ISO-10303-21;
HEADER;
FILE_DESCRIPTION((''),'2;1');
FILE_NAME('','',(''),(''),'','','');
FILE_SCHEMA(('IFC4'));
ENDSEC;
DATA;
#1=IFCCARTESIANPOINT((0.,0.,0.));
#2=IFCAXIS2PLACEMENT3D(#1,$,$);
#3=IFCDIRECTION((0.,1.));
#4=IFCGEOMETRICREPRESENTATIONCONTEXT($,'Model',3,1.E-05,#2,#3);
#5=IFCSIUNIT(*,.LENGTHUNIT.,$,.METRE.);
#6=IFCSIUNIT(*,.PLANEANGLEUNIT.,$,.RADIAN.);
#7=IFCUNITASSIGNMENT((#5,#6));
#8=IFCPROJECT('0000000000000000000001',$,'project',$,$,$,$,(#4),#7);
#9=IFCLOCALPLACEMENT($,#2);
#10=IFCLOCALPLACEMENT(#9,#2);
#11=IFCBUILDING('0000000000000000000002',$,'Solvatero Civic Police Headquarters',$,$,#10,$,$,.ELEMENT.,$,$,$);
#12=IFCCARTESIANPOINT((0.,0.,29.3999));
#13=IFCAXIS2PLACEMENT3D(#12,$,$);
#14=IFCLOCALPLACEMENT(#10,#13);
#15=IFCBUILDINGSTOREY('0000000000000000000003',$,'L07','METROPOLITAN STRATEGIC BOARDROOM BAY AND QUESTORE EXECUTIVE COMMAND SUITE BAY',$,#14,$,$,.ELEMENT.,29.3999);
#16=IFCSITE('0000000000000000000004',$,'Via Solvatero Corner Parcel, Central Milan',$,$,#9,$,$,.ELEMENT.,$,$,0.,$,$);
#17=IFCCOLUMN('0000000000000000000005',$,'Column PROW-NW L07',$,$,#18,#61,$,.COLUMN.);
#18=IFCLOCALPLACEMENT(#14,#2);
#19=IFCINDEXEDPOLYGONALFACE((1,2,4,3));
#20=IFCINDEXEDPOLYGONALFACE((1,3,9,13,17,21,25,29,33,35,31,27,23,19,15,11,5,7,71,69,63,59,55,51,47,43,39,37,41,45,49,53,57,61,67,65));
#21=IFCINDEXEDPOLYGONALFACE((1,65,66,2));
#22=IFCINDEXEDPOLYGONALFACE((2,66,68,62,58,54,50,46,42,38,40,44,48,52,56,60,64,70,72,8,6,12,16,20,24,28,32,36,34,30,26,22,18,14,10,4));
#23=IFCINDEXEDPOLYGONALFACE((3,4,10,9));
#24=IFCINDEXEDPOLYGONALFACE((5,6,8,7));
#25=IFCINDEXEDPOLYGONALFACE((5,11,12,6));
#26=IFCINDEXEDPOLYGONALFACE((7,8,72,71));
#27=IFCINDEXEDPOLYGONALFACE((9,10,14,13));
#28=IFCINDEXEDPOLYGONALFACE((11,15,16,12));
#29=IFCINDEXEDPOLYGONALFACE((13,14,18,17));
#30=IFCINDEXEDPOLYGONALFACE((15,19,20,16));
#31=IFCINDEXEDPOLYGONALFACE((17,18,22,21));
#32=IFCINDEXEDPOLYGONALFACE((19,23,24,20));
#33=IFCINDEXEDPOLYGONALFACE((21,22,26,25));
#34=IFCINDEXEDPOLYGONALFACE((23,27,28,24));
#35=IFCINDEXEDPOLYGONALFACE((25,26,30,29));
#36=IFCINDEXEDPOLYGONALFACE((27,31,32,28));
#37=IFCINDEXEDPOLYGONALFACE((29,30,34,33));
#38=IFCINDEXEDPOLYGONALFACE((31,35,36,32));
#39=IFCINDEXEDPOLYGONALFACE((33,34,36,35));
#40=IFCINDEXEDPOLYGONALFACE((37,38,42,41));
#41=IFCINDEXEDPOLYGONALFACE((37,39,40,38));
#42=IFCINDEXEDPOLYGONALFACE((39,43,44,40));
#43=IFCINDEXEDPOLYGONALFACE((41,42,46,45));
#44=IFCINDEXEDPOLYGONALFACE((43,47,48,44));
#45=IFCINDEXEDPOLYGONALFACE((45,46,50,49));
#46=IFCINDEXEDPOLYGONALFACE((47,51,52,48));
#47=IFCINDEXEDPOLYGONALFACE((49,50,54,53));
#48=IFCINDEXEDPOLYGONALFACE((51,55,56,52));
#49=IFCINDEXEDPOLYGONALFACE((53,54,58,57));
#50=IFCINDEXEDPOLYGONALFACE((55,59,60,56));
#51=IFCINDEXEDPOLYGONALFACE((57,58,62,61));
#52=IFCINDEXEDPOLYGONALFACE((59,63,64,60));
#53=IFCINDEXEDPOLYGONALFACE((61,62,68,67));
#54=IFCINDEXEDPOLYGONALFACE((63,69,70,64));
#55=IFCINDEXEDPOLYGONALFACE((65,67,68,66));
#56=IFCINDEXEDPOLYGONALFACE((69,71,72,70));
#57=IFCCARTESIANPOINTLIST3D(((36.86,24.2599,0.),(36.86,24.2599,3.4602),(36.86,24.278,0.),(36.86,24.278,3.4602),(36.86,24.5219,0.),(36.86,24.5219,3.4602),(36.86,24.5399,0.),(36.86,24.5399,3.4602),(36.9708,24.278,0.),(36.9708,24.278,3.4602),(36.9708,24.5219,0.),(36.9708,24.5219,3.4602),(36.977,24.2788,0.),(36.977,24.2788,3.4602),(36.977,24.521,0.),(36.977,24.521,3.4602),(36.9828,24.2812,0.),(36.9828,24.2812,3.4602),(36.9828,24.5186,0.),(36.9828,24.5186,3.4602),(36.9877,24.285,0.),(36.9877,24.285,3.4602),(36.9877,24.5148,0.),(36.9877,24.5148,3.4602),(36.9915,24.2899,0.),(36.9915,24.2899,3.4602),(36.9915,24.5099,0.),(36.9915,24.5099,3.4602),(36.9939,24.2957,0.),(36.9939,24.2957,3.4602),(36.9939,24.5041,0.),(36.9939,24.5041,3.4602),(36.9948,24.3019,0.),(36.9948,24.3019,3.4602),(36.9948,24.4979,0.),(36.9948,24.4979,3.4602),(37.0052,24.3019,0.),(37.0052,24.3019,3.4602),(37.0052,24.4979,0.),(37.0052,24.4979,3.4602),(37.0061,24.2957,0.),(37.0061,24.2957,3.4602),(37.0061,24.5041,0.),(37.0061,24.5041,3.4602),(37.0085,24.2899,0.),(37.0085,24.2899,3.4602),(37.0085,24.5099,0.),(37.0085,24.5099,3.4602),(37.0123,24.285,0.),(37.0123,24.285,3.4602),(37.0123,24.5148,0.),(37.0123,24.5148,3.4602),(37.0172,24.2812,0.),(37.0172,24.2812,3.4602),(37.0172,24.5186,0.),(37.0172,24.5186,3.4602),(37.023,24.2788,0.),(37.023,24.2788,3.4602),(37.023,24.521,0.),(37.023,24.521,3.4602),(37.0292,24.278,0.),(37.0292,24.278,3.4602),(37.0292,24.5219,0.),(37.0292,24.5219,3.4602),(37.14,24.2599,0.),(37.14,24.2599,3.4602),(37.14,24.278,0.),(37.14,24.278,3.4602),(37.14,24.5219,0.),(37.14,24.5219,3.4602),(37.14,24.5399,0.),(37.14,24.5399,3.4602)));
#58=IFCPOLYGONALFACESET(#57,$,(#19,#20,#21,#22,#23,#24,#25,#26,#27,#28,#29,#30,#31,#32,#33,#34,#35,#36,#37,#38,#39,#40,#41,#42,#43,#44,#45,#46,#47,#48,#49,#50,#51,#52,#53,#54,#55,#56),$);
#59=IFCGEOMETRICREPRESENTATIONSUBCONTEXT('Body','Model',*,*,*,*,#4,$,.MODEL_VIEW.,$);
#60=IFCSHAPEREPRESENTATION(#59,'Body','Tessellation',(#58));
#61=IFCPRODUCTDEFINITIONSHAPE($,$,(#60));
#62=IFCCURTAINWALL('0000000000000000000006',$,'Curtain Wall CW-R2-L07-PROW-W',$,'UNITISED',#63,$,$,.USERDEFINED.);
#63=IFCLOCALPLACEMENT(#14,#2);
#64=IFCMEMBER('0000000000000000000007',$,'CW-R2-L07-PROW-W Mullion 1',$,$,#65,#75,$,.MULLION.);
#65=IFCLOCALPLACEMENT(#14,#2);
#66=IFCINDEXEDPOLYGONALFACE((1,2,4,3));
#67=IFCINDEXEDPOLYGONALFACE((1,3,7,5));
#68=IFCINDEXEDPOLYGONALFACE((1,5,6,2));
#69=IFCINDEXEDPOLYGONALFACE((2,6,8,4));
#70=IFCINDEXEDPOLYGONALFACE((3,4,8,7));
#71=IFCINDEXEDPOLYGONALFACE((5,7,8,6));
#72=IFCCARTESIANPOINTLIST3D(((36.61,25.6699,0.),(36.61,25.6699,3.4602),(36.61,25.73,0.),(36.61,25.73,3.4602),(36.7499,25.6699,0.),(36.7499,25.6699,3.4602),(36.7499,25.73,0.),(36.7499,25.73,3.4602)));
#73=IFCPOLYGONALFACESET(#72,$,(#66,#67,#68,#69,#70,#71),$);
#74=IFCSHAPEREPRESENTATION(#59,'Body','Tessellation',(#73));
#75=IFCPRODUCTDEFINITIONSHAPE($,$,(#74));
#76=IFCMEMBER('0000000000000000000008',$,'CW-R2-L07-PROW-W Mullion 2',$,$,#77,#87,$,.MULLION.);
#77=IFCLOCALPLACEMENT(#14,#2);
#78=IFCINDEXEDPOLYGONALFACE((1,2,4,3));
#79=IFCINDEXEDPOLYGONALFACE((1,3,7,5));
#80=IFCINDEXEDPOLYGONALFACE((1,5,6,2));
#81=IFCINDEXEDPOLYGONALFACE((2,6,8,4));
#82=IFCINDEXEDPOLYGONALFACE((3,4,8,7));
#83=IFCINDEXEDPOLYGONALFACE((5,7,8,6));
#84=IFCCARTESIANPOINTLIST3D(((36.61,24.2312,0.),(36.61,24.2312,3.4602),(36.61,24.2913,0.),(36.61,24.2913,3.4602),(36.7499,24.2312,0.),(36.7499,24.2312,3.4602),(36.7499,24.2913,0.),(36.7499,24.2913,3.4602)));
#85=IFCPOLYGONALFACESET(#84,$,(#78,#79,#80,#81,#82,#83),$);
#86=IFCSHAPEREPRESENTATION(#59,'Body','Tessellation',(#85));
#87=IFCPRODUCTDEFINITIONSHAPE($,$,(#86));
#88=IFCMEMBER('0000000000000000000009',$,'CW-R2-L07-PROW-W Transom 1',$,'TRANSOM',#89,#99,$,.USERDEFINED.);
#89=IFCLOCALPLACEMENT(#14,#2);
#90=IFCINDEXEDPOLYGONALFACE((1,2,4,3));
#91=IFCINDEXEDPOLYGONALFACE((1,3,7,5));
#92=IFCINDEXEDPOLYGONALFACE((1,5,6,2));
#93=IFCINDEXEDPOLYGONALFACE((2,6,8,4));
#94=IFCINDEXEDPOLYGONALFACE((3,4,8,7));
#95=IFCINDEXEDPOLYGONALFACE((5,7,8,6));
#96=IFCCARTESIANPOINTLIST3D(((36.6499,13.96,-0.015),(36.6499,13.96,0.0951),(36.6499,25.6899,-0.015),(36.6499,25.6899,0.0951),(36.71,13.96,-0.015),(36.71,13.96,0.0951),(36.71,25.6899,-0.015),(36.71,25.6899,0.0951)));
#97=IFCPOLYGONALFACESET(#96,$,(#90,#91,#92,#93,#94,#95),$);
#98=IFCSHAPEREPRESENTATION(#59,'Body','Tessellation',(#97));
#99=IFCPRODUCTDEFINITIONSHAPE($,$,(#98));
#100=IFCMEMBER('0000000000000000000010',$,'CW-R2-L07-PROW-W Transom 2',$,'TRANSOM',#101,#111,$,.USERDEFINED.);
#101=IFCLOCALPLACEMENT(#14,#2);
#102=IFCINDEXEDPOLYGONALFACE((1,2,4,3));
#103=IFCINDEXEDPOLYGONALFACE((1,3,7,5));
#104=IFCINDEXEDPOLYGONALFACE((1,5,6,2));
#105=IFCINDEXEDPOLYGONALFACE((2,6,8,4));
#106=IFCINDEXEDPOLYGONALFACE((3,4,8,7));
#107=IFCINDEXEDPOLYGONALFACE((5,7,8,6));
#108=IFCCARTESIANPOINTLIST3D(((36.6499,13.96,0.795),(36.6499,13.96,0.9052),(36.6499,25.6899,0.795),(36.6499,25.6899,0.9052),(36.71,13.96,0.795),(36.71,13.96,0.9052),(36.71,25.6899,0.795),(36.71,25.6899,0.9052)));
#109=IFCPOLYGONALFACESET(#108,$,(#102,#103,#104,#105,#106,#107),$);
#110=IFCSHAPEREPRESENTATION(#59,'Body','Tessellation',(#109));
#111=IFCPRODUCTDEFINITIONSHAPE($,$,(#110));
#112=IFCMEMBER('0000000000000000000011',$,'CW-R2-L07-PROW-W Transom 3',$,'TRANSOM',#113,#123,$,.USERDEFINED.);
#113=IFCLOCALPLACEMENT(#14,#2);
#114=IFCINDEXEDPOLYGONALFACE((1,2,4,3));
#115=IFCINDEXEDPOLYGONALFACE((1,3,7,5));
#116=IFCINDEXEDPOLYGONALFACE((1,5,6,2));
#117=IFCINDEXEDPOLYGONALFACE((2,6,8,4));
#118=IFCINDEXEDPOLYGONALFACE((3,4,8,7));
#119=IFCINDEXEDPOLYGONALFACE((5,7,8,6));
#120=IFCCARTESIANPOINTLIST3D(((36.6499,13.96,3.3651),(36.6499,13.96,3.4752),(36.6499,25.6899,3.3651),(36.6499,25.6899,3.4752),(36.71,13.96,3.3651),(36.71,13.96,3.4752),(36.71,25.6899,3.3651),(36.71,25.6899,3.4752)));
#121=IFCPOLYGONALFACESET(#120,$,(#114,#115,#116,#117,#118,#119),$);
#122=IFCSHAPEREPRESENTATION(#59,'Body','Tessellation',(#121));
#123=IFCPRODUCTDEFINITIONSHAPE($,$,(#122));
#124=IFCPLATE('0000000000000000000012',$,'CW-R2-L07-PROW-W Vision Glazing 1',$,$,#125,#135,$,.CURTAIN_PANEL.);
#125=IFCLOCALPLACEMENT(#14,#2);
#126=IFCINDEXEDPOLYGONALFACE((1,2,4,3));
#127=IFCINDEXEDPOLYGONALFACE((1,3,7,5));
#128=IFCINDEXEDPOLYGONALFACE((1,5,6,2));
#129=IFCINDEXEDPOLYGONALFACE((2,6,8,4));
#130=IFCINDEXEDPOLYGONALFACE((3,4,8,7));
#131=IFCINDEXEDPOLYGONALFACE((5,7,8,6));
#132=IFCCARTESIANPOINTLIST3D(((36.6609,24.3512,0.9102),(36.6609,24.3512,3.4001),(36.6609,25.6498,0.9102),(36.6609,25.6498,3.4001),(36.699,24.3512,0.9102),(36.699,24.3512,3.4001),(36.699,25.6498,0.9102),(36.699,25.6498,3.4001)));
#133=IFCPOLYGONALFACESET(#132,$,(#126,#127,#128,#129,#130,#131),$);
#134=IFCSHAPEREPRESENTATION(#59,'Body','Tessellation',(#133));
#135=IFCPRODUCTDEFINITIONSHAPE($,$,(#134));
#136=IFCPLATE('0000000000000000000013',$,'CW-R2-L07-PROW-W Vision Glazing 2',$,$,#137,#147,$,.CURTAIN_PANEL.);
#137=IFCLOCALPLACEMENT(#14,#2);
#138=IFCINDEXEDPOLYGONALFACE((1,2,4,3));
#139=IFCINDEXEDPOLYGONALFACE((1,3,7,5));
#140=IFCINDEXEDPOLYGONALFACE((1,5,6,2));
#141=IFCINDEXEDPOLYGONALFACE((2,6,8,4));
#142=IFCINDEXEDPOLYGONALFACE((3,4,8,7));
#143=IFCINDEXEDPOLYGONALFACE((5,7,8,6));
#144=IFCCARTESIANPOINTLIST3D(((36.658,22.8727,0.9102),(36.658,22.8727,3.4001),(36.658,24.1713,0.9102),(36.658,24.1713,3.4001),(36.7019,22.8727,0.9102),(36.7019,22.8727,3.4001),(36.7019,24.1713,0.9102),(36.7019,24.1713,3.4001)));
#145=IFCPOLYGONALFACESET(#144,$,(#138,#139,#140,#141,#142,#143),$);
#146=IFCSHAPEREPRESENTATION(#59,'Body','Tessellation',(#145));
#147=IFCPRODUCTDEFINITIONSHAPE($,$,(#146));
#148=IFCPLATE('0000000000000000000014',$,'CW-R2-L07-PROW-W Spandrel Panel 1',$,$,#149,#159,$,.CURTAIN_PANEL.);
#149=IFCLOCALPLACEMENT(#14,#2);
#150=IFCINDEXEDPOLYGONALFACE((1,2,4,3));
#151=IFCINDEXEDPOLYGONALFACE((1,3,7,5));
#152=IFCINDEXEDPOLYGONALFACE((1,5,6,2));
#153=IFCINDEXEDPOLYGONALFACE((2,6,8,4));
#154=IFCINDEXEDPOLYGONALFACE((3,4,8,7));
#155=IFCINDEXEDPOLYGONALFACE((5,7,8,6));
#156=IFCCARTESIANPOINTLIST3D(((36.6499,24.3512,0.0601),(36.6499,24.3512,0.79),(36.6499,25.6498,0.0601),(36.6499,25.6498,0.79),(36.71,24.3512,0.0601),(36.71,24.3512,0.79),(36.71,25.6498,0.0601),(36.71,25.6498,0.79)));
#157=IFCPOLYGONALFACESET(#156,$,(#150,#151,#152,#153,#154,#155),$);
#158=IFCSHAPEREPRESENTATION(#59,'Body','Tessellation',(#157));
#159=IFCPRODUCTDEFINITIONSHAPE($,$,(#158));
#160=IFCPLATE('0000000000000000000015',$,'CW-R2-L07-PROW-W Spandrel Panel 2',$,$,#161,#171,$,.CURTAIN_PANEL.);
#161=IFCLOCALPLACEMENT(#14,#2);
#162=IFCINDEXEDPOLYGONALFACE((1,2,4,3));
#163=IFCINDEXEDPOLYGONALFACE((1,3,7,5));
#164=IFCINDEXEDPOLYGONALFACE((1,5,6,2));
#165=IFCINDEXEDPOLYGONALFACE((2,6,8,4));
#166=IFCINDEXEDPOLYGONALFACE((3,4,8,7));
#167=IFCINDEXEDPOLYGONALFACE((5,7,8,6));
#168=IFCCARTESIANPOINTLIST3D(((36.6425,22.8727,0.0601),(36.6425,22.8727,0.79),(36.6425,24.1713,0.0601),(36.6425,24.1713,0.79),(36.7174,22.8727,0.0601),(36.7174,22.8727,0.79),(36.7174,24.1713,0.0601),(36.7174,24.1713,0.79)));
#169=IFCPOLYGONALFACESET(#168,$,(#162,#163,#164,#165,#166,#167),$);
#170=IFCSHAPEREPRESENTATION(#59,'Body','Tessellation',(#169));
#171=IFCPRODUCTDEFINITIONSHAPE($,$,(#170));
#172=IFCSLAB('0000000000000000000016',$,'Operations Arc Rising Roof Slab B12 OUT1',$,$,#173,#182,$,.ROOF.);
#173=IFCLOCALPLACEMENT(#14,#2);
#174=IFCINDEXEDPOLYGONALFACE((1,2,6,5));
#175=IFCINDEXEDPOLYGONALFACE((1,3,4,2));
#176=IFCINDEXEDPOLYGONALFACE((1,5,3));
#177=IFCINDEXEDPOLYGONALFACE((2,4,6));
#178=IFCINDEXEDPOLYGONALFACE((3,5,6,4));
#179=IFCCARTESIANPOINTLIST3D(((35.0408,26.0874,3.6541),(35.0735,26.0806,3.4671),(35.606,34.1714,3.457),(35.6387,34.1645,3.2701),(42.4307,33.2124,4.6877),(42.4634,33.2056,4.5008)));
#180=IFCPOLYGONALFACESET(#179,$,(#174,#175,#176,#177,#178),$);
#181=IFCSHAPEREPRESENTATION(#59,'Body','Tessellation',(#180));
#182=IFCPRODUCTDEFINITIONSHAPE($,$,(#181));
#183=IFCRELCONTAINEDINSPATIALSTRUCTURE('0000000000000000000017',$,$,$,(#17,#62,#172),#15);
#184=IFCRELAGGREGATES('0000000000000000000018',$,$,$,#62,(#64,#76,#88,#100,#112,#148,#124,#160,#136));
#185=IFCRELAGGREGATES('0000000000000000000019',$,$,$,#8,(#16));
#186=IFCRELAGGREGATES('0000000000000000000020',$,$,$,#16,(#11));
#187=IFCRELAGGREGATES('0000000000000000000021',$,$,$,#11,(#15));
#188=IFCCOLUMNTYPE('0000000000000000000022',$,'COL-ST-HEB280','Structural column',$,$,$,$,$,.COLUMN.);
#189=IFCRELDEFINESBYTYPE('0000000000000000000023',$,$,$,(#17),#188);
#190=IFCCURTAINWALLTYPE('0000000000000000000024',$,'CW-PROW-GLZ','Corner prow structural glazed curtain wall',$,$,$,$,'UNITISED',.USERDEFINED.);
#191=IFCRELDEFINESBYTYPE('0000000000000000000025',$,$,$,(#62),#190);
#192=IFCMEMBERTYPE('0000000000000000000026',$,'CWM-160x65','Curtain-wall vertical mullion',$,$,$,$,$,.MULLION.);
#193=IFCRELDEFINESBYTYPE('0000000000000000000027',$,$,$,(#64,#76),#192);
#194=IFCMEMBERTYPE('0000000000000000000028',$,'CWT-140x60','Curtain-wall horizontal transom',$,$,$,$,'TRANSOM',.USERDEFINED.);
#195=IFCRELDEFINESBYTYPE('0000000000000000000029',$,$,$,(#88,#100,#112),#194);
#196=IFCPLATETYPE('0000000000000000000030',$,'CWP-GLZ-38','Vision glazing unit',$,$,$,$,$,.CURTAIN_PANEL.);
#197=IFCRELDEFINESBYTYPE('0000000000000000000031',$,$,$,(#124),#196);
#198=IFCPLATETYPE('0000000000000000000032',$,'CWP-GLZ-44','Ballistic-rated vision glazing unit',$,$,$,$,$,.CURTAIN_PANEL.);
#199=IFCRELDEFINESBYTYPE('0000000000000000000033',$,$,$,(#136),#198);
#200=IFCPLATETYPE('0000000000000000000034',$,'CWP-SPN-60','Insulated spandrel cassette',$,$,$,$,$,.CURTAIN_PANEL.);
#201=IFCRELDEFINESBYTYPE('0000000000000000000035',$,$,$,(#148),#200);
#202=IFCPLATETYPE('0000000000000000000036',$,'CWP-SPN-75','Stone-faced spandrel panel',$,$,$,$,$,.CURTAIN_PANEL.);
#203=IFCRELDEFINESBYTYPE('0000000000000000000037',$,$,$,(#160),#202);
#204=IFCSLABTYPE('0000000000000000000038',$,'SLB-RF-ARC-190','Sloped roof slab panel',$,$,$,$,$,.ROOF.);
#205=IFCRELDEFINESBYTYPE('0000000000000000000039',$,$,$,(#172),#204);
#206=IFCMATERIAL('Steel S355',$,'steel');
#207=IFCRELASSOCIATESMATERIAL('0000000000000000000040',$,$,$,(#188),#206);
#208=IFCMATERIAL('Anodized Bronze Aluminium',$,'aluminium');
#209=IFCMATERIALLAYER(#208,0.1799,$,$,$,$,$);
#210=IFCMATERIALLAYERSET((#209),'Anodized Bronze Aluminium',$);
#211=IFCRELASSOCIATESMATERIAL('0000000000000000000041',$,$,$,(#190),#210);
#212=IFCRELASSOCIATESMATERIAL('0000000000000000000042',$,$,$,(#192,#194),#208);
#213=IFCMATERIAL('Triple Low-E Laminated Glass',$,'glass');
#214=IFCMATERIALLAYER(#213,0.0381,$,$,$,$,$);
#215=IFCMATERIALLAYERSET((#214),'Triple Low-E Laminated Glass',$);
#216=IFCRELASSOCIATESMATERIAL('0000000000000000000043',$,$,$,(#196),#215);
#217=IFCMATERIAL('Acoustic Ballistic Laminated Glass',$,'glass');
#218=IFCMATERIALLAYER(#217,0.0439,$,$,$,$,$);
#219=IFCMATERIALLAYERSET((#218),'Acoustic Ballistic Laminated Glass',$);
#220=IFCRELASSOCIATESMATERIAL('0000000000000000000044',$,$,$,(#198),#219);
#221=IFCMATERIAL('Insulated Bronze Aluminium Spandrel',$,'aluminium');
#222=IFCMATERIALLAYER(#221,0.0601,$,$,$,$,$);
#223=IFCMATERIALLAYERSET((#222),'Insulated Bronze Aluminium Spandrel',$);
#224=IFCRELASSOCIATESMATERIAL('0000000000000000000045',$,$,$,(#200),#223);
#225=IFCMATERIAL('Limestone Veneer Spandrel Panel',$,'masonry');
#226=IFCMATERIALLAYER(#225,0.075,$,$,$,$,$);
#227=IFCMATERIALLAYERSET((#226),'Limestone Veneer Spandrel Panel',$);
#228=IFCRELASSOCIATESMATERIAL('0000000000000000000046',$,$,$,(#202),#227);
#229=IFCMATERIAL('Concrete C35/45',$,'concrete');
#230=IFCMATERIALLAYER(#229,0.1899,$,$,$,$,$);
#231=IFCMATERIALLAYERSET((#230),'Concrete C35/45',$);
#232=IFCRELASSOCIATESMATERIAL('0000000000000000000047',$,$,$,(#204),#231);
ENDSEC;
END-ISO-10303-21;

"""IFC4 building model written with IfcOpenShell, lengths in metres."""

from ifc_helpers import new_model, si_unit, direction, frame, origin, origin_2d, place, context, subcontext, project, spatial, polyline, rectangle, i_section, outline, extrude, material, layer, layer_set, material_profile, profile_set, type_object, element, aggregate, save


model = new_model("IFC4")

# Units and contexts
model_context = context("Model", 3, precision=1e-05, world=origin(), true_north=direction((0.0, 1.0)))
body_context = subcontext(model_context, "Body", "Model", "MODEL_VIEW")
ifc_project = project(units=[si_unit("LENGTHUNIT", "METRE"), si_unit("PLANEANGLEUNIT", "RADIAN")], contexts=[model_context])

# Site, building, storey
site_placement = place(None, origin())
site = spatial("IfcSite", under=ifc_project, at=site_placement, Name="Via Solvatero Corner Parcel, Central Milan", CompositionType="ELEMENT", RefElevation=0.0)
building_placement = place(site_placement, origin())
building = spatial("IfcBuilding", under=site, at=building_placement, Name="Solvatero Civic Police Headquarters", CompositionType="ELEMENT")
storey_placement = place(building_placement, frame((0.0, 0.0, 29.3999)))
storey = spatial("IfcBuildingStorey", under=building, at=storey_placement, Name="L07", Description="METROPOLITAN STRATEGIC BOARDROOM BAY AND QUESTORE EXECUTIVE COMMAND SUITE BAY", CompositionType="ELEMENT", Elevation=29.3999)

# Column
ifc_material_1 = material(Name="Steel S355", Category="steel")
ifc_material_profile_1 = material_profile(ifc_material_1, i_section(OverallWidth=0.28, OverallDepth=0.28, WebThickness=0.0105, FlangeThickness=0.0181, FilletRadius=0.0239, at=origin_2d()), Name="HEB 280")
ifc_profile_set_1 = profile_set([ifc_material_profile_1], Name="Steel S355")
column_type = type_object("IfcColumnType", Name="COL-ST-HEB280", Description="Structural column", PredefinedType="COLUMN", material=ifc_profile_set_1)
column_placement = place(storey_placement, frame((37.0, 24.3999, 0.0), z_axis=(0.0, 0.0, 1.0), x_axis=(1.0, 0.0, 0.0)))
element("IfcColumn", 1, at=column_placement, inside=storey, type_object=column_type, Name="Column PROW-NW L07", PredefinedType="COLUMN", context=body_context, shape_type="SweptSolid", body=[
    extrude(i_section(OverallWidth=0.28, OverallDepth=0.28, WebThickness=0.0105, FlangeThickness=0.0181, FilletRadius=0.0239, at=origin_2d()), origin(), (0.0, 0.0, 1.0), 3.4602),
])

# Curtain wall, members, plates
ifc_material_2 = material(Name="Anodized Bronze Aluminium", Category="aluminium")
ifc_layer_1 = layer(ifc_material_2, 0.1799)
ifc_layer_set_1 = layer_set([ifc_layer_1], Name="Anodized Bronze Aluminium")
curtain_wall_type = type_object("IfcCurtainWallType", Name="CW-PROW-GLZ", Description="Corner prow structural glazed curtain wall", ElementType="UNITISED", PredefinedType="USERDEFINED", material=ifc_layer_set_1)
curtain_wall_placement = place(storey_placement, origin())
curtain_wall = element("IfcCurtainWall", 2, at=curtain_wall_placement, inside=storey, type_object=curtain_wall_type, Name="Curtain Wall CW-R2-L07-PROW-W", ObjectType="UNITISED", PredefinedType="USERDEFINED")
ifc_material_profile_2 = material_profile(ifc_material_2, rectangle(XDim=0.0601, YDim=0.1399, at=origin_2d()), Name="ALU MULLION 60x140")
ifc_profile_set_2 = profile_set([ifc_material_profile_2], Name="Anodized Bronze Aluminium")
member_type_1 = type_object("IfcMemberType", Name="CWM-160x65", Description="Curtain-wall vertical mullion", PredefinedType="MULLION", material=ifc_profile_set_2)
member_1_placement = place(storey_placement, frame((36.6799, 25.7, 0.0), z_axis=(0.0, 0.0, 1.0), x_axis=(0.0, -1.0, 0.0)))
member_1 = element("IfcMember", 3, at=member_1_placement, type_object=member_type_1, Name="CW-R2-L07-PROW-W Mullion 1", PredefinedType="MULLION", context=body_context, shape_type="SweptSolid", body=[
    extrude(rectangle(XDim=0.0601, YDim=0.1399, at=origin_2d()), origin(), (0.0, 0.0, 1.0), 3.4602),
])
member_2_placement = place(storey_placement, frame((36.6799, 24.2612, 0.0), z_axis=(0.0, 0.0, 1.0), x_axis=(0.0, -1.0, 0.0)))
member_2 = element("IfcMember", 4, at=member_2_placement, type_object=member_type_1, Name="CW-R2-L07-PROW-W Mullion 2", PredefinedType="MULLION", context=body_context, shape_type="SweptSolid", body=[
    extrude(rectangle(XDim=0.0601, YDim=0.1399, at=origin_2d()), origin(), (0.0, 0.0, 1.0), 3.4602),
])
ifc_material_profile_3 = material_profile(ifc_material_2, rectangle(XDim=0.0601, YDim=0.1101, at=origin_2d()), Name="ALU TRANSOM 60x110")
ifc_profile_set_3 = profile_set([ifc_material_profile_3], Name="Anodized Bronze Aluminium")
member_type_2 = type_object("IfcMemberType", Name="CWT-140x60", Description="Curtain-wall horizontal transom", ElementType="TRANSOM", PredefinedType="USERDEFINED", material=ifc_profile_set_3)
member_3_placement = place(storey_placement, frame((36.6799, 25.6899, 0.04), z_axis=(0.0, -1.0, 0.0), x_axis=(1.0, 0.0, 0.0)))
member_3 = element("IfcMember", 5, at=member_3_placement, type_object=member_type_2, Name="CW-R2-L07-PROW-W Transom 1", ObjectType="TRANSOM", PredefinedType="USERDEFINED", context=body_context, shape_type="SweptSolid", body=[
    extrude(rectangle(XDim=0.0601, YDim=0.1101, at=origin_2d()), origin(), (0.0, 0.0, 1.0), 11.73),
])
member_4_placement = place(storey_placement, frame((36.6799, 25.6899, 0.8501), z_axis=(0.0, -1.0, 0.0), x_axis=(1.0, 0.0, 0.0)))
member_4 = element("IfcMember", 6, at=member_4_placement, type_object=member_type_2, Name="CW-R2-L07-PROW-W Transom 2", ObjectType="TRANSOM", PredefinedType="USERDEFINED", context=body_context, shape_type="SweptSolid", body=[
    extrude(rectangle(XDim=0.0601, YDim=0.1101, at=origin_2d()), origin(), (0.0, 0.0, 1.0), 11.73),
])
member_5_placement = place(storey_placement, frame((36.6799, 25.6899, 3.4202), z_axis=(0.0, -1.0, 0.0), x_axis=(1.0, 0.0, 0.0)))
member_5 = element("IfcMember", 7, at=member_5_placement, type_object=member_type_2, Name="CW-R2-L07-PROW-W Transom 3", ObjectType="TRANSOM", PredefinedType="USERDEFINED", context=body_context, shape_type="SweptSolid", body=[
    extrude(rectangle(XDim=0.0601, YDim=0.1101, at=origin_2d()), origin(), (0.0, 0.0, 1.0), 11.73),
])
ifc_material_3 = material(Name="Triple Low-E Laminated Glass", Category="glass")
ifc_layer_2 = layer(ifc_material_3, 0.0381)
ifc_layer_set_2 = layer_set([ifc_layer_2], Name="Triple Low-E Laminated Glass")
plate_type_1 = type_object("IfcPlateType", Name="CWP-GLZ-38", Description="Vision glazing unit", PredefinedType="CURTAIN_PANEL", material=ifc_layer_set_2)
plate_1_placement = place(storey_placement, frame((36.6799, 25.0005, 0.9102), z_axis=(0.0, 0.0, 1.0), x_axis=(0.0, -1.0, 0.0)))
plate_1 = element("IfcPlate", 8, at=plate_1_placement, type_object=plate_type_1, Name="CW-R2-L07-PROW-W Vision Glazing 1", PredefinedType="CURTAIN_PANEL", context=body_context, shape_type="SweptSolid", body=[
    extrude(rectangle(XDim=1.2986, YDim=0.0381, at=origin_2d()), origin(), (0.0, 0.0, 1.0), 2.49),
])
ifc_material_4 = material(Name="Acoustic Ballistic Laminated Glass", Category="glass")
ifc_layer_3 = layer(ifc_material_4, 0.0439)
ifc_layer_set_3 = layer_set([ifc_layer_3], Name="Acoustic Ballistic Laminated Glass")
plate_type_2 = type_object("IfcPlateType", Name="CWP-GLZ-44", Description="Ballistic-rated vision glazing unit", PredefinedType="CURTAIN_PANEL", material=ifc_layer_set_3)
plate_2_placement = place(storey_placement, frame((36.6799, 23.522, 0.9102), z_axis=(0.0, 0.0, 1.0), x_axis=(0.0, -1.0, 0.0)))
plate_2 = element("IfcPlate", 9, at=plate_2_placement, type_object=plate_type_2, Name="CW-R2-L07-PROW-W Vision Glazing 2", PredefinedType="CURTAIN_PANEL", context=body_context, shape_type="SweptSolid", body=[
    extrude(rectangle(XDim=1.2986, YDim=0.0439, at=origin_2d()), origin(), (0.0, 0.0, 1.0), 2.49),
])
ifc_material_5 = material(Name="Insulated Bronze Aluminium Spandrel", Category="aluminium")
ifc_layer_4 = layer(ifc_material_5, 0.0601)
ifc_layer_set_4 = layer_set([ifc_layer_4], Name="Insulated Bronze Aluminium Spandrel")
plate_type_3 = type_object("IfcPlateType", Name="CWP-SPN-60", Description="Insulated spandrel cassette", PredefinedType="CURTAIN_PANEL", material=ifc_layer_set_4)
plate_3_placement = place(storey_placement, frame((36.6799, 25.0005, 0.0601), z_axis=(0.0, 0.0, 1.0), x_axis=(0.0, -1.0, 0.0)))
plate_3 = element("IfcPlate", 10, at=plate_3_placement, type_object=plate_type_3, Name="CW-R2-L07-PROW-W Spandrel Panel 1", PredefinedType="CURTAIN_PANEL", context=body_context, shape_type="SweptSolid", body=[
    extrude(rectangle(XDim=1.2986, YDim=0.0601, at=origin_2d()), origin(), (0.0, 0.0, 1.0), 0.73),
])
ifc_material_6 = material(Name="Limestone Veneer Spandrel Panel", Category="masonry")
ifc_layer_5 = layer(ifc_material_6, 0.075)
ifc_layer_set_5 = layer_set([ifc_layer_5], Name="Limestone Veneer Spandrel Panel")
plate_type_4 = type_object("IfcPlateType", Name="CWP-SPN-75", Description="Stone-faced spandrel panel", PredefinedType="CURTAIN_PANEL", material=ifc_layer_set_5)
plate_4_placement = place(storey_placement, frame((36.6799, 23.522, 0.0601), z_axis=(0.0, 0.0, 1.0), x_axis=(0.0, -1.0, 0.0)))
plate_4 = element("IfcPlate", 11, at=plate_4_placement, type_object=plate_type_4, Name="CW-R2-L07-PROW-W Spandrel Panel 2", PredefinedType="CURTAIN_PANEL", context=body_context, shape_type="SweptSolid", body=[
    extrude(rectangle(XDim=1.2986, YDim=0.075, at=origin_2d()), origin(), (0.0, 0.0, 1.0), 0.73),
])
aggregate(curtain_wall, [member_1, member_2, member_3, member_4, member_5, plate_3, plate_1, plate_4, plate_2])

# Slab
ifc_material_7 = material(Name="Concrete C35/45", Category="concrete")
ifc_layer_6 = layer(ifc_material_7, 0.1899)
ifc_layer_set_6 = layer_set([ifc_layer_6], Name="Concrete C35/45")
slab_type = type_object("IfcSlabType", Name="SLB-RF-ARC-190", Description="Sloped roof slab panel", PredefinedType="ROOF", material=ifc_layer_set_6)
slab_1_placement = place(storey_placement, frame((42.4307, 33.2124, 4.6877), z_axis=(-0.172446, 0.036047, 0.984359), x_axis=(-0.716269, -0.690594, -0.100191)))
element("IfcSlab", 12, at=slab_1_placement, inside=storey, type_object=slab_type, Name="Operations Arc Rising Roof Slab B12 OUT1", PredefinedType="ROOF", context=body_context, shape_type="SweptSolid", body=[
    extrude(outline(polyline([(0.0, 0.0), (10.3172, 0.0), (4.3494, -5.4858), (0.0, 0.0)])), origin(), (0.0, 0.0, -1.0), 0.1899),
])

save(model, "model.ifc")
